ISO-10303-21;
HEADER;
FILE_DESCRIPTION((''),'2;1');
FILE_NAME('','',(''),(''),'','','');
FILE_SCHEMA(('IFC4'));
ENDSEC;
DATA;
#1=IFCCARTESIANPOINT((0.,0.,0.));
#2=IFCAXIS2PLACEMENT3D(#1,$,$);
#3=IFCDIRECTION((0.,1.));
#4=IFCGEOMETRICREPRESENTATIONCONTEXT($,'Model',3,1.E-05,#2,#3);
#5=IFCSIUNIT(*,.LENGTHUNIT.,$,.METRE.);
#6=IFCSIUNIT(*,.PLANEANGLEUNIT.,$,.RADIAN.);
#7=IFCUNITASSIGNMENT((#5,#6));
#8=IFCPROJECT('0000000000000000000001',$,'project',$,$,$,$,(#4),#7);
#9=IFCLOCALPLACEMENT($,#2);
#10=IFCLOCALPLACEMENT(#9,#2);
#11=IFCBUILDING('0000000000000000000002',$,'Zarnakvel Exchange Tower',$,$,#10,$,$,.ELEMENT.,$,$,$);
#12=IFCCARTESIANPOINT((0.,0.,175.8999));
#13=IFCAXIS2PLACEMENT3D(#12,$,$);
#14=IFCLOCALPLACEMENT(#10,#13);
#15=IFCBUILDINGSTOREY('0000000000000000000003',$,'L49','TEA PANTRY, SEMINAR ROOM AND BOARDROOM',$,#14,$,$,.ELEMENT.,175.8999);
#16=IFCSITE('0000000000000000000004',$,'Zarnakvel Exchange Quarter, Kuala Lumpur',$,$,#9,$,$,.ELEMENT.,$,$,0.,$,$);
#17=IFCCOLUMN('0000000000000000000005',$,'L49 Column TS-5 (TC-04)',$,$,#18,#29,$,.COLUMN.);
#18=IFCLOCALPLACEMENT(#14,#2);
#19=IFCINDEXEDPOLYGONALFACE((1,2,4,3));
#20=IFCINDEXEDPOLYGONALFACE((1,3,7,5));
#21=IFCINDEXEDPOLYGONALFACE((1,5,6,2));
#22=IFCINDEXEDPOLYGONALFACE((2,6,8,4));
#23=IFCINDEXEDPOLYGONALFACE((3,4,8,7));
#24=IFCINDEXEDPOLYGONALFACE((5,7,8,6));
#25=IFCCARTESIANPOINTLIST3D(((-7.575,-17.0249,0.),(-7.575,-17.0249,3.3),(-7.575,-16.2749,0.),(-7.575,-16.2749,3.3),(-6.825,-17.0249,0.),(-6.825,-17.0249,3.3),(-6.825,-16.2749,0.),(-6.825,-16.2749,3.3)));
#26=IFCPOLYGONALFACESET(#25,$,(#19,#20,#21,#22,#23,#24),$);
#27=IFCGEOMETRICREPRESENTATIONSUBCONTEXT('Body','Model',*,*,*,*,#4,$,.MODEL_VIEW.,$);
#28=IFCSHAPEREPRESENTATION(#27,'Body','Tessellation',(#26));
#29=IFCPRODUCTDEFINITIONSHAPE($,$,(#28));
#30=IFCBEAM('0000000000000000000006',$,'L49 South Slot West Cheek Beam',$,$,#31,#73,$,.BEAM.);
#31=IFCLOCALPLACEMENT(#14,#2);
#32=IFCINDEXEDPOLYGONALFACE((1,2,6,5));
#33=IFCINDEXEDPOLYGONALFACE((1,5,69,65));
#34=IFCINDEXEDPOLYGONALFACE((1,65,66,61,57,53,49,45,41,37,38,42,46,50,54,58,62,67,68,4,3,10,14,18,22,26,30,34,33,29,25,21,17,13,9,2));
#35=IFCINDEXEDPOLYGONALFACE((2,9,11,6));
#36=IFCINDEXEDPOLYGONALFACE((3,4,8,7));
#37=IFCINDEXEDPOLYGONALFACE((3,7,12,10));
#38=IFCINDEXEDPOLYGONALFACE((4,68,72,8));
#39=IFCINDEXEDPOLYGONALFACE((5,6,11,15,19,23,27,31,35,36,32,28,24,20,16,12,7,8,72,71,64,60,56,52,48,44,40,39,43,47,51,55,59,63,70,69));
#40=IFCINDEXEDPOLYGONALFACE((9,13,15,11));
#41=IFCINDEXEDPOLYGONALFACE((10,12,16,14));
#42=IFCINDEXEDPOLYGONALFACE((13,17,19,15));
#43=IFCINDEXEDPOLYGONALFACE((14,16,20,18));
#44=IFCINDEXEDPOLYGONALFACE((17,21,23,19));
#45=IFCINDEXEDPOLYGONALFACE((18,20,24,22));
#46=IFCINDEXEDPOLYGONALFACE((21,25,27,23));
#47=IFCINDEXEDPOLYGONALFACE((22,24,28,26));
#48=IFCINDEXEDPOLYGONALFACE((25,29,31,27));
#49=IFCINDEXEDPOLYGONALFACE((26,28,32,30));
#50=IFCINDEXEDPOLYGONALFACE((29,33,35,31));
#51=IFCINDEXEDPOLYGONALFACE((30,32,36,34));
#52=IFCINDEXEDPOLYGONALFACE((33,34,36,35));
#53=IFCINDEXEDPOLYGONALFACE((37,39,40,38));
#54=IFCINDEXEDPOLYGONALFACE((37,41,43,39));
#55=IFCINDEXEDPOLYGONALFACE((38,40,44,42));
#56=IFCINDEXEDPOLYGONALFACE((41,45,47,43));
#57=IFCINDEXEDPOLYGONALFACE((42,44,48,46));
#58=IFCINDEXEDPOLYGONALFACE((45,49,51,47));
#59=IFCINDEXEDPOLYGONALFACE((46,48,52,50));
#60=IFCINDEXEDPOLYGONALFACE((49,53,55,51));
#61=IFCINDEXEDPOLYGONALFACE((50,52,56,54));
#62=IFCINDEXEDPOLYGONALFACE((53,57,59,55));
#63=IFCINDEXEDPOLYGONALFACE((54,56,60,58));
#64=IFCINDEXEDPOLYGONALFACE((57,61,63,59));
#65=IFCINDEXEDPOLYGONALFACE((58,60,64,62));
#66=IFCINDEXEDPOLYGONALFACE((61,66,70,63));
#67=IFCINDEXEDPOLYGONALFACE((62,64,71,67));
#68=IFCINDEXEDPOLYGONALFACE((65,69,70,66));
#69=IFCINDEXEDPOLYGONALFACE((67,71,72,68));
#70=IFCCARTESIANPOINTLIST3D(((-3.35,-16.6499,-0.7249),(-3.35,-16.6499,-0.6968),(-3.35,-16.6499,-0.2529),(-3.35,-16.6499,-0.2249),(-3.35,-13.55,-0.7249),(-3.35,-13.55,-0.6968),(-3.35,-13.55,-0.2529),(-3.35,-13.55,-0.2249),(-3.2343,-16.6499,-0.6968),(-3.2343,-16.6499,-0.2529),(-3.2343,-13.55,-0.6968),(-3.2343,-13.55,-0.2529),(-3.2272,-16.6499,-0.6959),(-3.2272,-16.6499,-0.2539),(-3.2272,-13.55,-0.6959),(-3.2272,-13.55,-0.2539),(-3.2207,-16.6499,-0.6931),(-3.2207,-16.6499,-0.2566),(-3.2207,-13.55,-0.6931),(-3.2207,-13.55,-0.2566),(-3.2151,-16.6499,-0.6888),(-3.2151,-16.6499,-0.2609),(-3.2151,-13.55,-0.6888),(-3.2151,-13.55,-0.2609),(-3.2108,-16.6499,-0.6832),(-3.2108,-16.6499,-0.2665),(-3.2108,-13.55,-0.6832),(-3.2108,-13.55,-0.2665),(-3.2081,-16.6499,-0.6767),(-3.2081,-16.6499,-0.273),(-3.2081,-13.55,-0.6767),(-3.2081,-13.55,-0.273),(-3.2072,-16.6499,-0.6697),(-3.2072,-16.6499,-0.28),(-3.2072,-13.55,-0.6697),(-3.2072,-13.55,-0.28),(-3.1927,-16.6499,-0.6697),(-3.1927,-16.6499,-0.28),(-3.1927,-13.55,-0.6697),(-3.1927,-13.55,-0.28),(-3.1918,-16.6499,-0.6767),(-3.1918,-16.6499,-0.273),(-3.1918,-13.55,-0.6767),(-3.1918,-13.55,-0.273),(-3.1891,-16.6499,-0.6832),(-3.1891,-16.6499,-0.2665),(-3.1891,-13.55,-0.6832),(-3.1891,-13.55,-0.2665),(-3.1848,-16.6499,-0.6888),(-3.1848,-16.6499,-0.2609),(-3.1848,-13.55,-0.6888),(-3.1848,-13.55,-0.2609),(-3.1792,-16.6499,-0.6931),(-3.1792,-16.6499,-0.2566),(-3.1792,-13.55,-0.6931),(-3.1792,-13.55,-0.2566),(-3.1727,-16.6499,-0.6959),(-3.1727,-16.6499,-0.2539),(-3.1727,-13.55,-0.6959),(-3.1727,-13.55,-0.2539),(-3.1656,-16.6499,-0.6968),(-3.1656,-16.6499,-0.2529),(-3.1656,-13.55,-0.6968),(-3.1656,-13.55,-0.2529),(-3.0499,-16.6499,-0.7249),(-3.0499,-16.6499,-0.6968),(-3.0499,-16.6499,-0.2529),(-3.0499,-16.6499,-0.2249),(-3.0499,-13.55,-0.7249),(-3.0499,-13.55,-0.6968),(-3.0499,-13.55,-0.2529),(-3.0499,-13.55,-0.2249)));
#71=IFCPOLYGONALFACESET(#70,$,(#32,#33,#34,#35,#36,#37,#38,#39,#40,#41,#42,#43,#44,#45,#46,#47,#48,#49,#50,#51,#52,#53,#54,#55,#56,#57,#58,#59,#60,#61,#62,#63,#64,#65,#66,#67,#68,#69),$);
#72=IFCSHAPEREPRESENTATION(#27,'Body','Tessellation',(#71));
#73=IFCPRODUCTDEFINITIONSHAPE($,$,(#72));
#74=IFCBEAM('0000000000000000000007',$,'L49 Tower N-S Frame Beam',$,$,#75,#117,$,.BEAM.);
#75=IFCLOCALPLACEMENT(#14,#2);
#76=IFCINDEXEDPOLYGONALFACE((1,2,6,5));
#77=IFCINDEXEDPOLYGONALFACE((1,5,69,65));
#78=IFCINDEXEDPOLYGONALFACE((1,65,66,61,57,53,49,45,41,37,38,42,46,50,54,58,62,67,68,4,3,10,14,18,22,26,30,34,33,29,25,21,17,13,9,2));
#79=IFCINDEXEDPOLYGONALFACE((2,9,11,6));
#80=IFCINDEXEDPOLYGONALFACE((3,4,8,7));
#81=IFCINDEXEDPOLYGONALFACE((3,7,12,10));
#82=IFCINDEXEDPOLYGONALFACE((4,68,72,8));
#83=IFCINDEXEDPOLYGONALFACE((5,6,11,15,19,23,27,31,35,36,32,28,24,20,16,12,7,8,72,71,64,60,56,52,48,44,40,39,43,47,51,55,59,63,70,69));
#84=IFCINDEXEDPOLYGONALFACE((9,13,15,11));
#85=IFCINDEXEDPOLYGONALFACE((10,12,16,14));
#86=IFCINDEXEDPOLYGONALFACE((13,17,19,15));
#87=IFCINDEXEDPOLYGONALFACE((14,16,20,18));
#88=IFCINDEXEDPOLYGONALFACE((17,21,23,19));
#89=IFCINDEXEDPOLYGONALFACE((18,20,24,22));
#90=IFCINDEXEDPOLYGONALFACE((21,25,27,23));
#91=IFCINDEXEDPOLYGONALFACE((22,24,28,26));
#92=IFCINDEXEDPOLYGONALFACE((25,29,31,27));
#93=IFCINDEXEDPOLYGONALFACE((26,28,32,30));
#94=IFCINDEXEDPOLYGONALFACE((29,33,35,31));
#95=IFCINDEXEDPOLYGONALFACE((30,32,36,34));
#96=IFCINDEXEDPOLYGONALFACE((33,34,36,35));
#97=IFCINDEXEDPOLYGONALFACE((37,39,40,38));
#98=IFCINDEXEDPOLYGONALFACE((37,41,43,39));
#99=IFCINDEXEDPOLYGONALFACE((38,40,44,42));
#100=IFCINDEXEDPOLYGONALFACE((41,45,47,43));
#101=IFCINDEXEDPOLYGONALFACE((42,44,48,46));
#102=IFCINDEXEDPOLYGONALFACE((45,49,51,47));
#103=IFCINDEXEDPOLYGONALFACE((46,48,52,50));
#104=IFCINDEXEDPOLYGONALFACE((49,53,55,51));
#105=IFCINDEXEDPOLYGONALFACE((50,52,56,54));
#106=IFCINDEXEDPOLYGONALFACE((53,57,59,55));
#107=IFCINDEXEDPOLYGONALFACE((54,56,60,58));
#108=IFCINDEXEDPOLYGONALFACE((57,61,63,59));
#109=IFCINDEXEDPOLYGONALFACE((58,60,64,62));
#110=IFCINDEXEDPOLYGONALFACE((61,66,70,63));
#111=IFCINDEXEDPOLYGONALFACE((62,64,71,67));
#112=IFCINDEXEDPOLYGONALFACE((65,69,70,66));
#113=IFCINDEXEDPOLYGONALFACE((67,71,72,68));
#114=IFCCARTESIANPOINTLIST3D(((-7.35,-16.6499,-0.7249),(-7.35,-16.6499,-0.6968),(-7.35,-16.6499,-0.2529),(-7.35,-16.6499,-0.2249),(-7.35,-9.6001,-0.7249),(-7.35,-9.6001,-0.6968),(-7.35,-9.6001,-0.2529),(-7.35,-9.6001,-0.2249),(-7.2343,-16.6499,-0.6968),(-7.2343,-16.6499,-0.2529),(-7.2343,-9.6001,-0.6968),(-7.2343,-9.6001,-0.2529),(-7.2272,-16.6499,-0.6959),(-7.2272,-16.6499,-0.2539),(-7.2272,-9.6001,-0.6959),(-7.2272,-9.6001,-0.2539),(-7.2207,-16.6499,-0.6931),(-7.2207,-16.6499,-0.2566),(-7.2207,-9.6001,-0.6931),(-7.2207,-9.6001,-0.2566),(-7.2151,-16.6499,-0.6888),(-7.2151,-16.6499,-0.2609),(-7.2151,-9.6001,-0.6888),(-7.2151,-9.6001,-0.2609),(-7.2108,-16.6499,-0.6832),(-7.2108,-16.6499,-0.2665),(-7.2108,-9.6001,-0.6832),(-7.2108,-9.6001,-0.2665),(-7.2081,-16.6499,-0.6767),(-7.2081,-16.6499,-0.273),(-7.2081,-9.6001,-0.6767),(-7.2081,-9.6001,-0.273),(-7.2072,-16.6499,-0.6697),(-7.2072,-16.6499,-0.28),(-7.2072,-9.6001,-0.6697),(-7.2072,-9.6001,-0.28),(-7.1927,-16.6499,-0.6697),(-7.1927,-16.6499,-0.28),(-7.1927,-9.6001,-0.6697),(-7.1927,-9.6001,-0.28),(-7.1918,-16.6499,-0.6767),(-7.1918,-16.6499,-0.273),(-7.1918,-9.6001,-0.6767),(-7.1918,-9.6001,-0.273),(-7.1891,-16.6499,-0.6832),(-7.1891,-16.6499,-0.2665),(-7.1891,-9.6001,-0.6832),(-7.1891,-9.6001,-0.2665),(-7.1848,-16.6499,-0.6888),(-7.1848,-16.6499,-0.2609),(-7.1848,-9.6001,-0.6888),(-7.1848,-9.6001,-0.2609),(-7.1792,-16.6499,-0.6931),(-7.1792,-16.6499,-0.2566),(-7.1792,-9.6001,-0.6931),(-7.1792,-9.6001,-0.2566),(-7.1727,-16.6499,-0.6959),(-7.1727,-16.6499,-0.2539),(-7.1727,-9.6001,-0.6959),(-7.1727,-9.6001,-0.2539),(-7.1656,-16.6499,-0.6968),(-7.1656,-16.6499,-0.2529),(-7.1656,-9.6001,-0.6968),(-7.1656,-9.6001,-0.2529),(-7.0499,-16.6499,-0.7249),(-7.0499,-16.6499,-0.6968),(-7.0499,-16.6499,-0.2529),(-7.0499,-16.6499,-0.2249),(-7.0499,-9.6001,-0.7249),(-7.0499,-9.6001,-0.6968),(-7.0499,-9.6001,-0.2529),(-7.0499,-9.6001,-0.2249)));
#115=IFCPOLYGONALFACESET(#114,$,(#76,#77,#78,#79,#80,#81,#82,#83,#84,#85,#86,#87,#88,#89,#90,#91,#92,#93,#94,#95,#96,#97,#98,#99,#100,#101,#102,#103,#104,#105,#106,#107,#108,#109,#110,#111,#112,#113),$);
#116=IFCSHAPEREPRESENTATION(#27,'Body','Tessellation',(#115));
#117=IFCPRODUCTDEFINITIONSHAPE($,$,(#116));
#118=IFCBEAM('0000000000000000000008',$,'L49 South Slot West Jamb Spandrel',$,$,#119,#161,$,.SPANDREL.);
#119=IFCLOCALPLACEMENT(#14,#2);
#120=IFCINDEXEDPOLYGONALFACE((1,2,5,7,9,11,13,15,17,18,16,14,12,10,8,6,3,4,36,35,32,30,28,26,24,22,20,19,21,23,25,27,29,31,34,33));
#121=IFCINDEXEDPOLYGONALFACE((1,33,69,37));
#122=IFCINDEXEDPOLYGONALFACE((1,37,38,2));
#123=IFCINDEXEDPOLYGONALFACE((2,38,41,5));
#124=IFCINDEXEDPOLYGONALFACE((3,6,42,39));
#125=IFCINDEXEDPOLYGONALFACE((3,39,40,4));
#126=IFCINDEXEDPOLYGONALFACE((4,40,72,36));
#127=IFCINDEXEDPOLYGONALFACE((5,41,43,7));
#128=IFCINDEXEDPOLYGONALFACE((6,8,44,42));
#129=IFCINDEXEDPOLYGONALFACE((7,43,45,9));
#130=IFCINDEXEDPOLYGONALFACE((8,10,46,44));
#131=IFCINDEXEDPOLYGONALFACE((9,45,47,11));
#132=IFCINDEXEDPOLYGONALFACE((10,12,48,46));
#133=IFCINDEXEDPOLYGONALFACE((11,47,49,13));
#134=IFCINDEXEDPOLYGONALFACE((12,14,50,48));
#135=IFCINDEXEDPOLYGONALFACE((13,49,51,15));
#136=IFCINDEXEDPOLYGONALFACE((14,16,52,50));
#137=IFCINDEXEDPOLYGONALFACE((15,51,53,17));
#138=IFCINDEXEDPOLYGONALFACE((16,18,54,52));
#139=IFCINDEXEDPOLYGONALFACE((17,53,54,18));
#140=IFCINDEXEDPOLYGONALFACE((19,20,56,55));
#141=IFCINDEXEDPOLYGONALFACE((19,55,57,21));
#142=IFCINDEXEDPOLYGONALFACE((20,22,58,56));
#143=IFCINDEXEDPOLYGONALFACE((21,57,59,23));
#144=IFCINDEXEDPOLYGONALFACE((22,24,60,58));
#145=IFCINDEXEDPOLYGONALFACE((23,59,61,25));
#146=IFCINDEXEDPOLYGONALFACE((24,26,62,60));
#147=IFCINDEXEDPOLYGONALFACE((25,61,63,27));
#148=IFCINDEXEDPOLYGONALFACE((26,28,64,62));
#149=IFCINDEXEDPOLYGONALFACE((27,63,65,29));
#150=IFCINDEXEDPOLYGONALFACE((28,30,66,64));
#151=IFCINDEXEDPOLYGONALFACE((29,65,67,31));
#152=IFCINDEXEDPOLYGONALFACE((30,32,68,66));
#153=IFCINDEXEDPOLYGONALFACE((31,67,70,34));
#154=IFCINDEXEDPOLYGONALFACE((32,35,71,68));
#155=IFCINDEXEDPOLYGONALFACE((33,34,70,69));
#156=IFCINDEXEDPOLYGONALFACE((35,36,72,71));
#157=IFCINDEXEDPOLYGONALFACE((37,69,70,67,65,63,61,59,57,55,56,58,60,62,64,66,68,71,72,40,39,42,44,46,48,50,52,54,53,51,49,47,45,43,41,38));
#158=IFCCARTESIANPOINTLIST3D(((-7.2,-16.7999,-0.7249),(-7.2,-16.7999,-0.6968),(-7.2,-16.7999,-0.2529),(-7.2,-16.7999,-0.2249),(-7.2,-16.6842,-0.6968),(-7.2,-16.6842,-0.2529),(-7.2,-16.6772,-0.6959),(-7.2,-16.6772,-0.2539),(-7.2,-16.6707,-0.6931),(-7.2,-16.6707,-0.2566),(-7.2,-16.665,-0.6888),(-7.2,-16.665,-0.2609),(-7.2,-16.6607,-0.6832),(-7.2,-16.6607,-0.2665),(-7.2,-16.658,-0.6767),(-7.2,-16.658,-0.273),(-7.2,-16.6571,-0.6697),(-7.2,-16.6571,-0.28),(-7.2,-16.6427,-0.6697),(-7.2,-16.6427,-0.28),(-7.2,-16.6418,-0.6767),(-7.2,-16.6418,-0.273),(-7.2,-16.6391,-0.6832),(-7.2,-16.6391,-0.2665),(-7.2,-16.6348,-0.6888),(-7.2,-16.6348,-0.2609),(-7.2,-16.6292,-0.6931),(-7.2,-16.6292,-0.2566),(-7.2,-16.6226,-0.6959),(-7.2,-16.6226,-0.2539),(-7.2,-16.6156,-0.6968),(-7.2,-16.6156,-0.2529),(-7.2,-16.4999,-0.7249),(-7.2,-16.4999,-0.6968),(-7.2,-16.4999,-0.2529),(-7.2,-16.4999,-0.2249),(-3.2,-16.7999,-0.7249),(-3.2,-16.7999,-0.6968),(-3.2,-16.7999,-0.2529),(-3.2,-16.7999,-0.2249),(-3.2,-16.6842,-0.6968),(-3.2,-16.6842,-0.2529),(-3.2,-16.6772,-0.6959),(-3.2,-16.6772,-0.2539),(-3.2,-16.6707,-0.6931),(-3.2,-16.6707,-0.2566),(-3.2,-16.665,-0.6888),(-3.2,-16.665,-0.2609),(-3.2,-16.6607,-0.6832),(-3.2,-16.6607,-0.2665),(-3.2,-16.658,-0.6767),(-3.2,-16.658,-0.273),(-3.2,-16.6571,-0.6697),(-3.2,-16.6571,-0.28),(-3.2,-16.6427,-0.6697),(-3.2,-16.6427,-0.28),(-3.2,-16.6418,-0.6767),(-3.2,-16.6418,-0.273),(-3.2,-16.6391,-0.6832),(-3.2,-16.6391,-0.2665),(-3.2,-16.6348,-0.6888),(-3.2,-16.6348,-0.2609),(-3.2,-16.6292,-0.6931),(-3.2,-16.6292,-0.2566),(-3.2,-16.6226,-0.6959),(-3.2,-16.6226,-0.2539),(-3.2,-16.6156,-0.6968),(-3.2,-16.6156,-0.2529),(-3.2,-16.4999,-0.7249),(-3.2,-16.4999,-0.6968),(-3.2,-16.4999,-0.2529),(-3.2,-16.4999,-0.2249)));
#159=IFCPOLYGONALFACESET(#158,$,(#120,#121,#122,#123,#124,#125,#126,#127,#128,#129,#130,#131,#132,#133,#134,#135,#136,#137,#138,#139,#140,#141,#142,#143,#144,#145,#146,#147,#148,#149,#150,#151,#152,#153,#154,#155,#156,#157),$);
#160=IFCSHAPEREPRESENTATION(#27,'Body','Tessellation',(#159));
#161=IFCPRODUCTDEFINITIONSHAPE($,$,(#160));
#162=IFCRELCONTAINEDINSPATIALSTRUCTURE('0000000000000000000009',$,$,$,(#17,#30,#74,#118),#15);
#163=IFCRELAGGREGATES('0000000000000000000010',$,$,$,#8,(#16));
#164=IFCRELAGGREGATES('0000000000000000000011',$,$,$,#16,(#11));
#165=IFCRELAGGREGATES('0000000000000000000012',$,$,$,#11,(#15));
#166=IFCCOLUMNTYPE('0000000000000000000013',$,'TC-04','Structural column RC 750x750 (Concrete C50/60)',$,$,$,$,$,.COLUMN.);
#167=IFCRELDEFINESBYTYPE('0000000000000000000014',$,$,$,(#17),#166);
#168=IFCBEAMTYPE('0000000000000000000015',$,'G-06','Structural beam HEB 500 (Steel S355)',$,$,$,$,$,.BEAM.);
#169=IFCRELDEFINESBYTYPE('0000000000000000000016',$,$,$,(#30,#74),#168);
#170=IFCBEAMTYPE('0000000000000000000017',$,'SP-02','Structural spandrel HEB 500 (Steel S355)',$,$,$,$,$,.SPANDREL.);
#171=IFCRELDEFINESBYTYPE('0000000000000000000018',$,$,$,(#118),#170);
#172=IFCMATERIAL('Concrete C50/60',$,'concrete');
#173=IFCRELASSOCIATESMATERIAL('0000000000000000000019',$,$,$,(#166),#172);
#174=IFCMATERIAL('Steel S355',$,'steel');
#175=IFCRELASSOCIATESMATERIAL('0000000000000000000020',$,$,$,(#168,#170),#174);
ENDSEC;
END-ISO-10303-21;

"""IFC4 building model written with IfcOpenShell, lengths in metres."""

from ifc_helpers import new_model, si_unit, direction, frame, origin, origin_2d, place, context, subcontext, project, spatial, rectangle, i_section, extrude, material, material_profile, profile_set, type_object, element, save


model = new_model("IFC4")

# Units and contexts
model_context = context("Model", 3, precision=1e-05, world=origin(), true_north=direction((0.0, 1.0)))
body_context = subcontext(model_context, "Body", "Model", "MODEL_VIEW")
ifc_project = project(units=[si_unit("LENGTHUNIT", "METRE"), si_unit("PLANEANGLEUNIT", "RADIAN")], contexts=[model_context])

# Site, building, storey
site_placement = place(None, origin())
site = spatial("IfcSite", under=ifc_project, at=site_placement, Name="Zarnakvel Exchange Quarter, Kuala Lumpur", CompositionType="ELEMENT", RefElevation=0.0)
building_placement = place(site_placement, origin())
building = spatial("IfcBuilding", under=site, at=building_placement, Name="Zarnakvel Exchange Tower", CompositionType="ELEMENT")
storey_placement = place(building_placement, frame((0.0, 0.0, 175.8999)))
storey = spatial("IfcBuildingStorey", under=building, at=storey_placement, Name="L49", Description="TEA PANTRY, SEMINAR ROOM AND BOARDROOM", CompositionType="ELEMENT", Elevation=175.8999)

# Column
ifc_material_1 = material(Name="Concrete C50/60", Category="concrete")
ifc_material_profile_1 = material_profile(ifc_material_1, rectangle(XDim=0.75, YDim=0.75, at=origin_2d()))
ifc_profile_set_1 = profile_set([ifc_material_profile_1], Name="Concrete C50/60")
column_type = type_object("IfcColumnType", Name="TC-04", Description="Structural column RC 750x750 (Concrete C50/60)", PredefinedType="COLUMN", material=ifc_profile_set_1)
column_placement = place(storey_placement, frame((-7.2, -16.6499, 0.0), z_axis=(0.0, 0.0, 1.0), x_axis=(1.0, 0.0, 0.0)))
element("IfcColumn", 1, at=column_placement, inside=storey, type_object=column_type, Name="L49 Column TS-5 (TC-04)", PredefinedType="COLUMN", context=body_context, shape_type="SweptSolid", body=[
    extrude(rectangle(XDim=0.75, YDim=0.75, at=origin_2d()), origin(), (0.0, 0.0, 1.0), 3.3),
])

# Beams
ifc_material_2 = material(Name="Steel S355", Category="steel")
ifc_material_profile_2 = material_profile(ifc_material_2, i_section(OverallWidth=0.3, OverallDepth=0.5, WebThickness=0.0144, FlangeThickness=0.0281, FilletRadius=0.0271, at=origin_2d()))
ifc_profile_set_2 = profile_set([ifc_material_profile_2], Name="Steel S355")
beam_type_1 = type_object("IfcBeamType", Name="G-06", Description="Structural beam HEB 500 (Steel S355)", PredefinedType="BEAM", material=ifc_profile_set_2)
beam_1_placement = place(storey_placement, frame((-3.2, -16.6499, -0.4749), z_axis=(0.0, 1.0, 0.0), x_axis=(-1.0, 0.0, 0.0)))
element("IfcBeam", 2, at=beam_1_placement, inside=storey, type_object=beam_type_1, Name="L49 South Slot West Cheek Beam", PredefinedType="BEAM", context=body_context, shape_type="SweptSolid", body=[
    extrude(i_section(OverallWidth=0.3, OverallDepth=0.5, WebThickness=0.0144, FlangeThickness=0.0281, FilletRadius=0.0271, at=origin_2d()), origin(), (0.0, 0.0, 1.0), 3.0999),
])
beam_2_placement = place(storey_placement, frame((-7.2, -16.6499, -0.4749), z_axis=(0.0, 1.0, 0.0), x_axis=(-1.0, 0.0, 0.0)))
element("IfcBeam", 3, at=beam_2_placement, inside=storey, type_object=beam_type_1, Name="L49 Tower N-S Frame Beam", PredefinedType="BEAM", context=body_context, shape_type="SweptSolid", body=[
    extrude(i_section(OverallWidth=0.3, OverallDepth=0.5, WebThickness=0.0144, FlangeThickness=0.0281, FilletRadius=0.0271, at=origin_2d()), origin(), (0.0, 0.0, 1.0), 7.0498),
])
ifc_material_profile_3 = material_profile(ifc_material_2, i_section(OverallWidth=0.3, OverallDepth=0.5, WebThickness=0.0144, FlangeThickness=0.0281, FilletRadius=0.0271, at=origin_2d()))
ifc_profile_set_3 = profile_set([ifc_material_profile_3], Name="Steel S355")
beam_type_2 = type_object("IfcBeamType", Name="SP-02", Description="Structural spandrel HEB 500 (Steel S355)", PredefinedType="SPANDREL", material=ifc_profile_set_3)
beam_3_placement = place(storey_placement, frame((-7.2, -16.6499, -0.4749), z_axis=(1.0, 0.0, 0.0), x_axis=(0.0, 1.0, 0.0)))
element("IfcBeam", 4, at=beam_3_placement, inside=storey, type_object=beam_type_2, Name="L49 South Slot West Jamb Spandrel", PredefinedType="SPANDREL", context=body_context, shape_type="SweptSolid", body=[
    extrude(i_section(OverallWidth=0.3, OverallDepth=0.5, WebThickness=0.0144, FlangeThickness=0.0281, FilletRadius=0.0271, at=origin_2d()), origin(), (0.0, 0.0, 1.0), 4.0),
])

save(model, "model.ifc")
